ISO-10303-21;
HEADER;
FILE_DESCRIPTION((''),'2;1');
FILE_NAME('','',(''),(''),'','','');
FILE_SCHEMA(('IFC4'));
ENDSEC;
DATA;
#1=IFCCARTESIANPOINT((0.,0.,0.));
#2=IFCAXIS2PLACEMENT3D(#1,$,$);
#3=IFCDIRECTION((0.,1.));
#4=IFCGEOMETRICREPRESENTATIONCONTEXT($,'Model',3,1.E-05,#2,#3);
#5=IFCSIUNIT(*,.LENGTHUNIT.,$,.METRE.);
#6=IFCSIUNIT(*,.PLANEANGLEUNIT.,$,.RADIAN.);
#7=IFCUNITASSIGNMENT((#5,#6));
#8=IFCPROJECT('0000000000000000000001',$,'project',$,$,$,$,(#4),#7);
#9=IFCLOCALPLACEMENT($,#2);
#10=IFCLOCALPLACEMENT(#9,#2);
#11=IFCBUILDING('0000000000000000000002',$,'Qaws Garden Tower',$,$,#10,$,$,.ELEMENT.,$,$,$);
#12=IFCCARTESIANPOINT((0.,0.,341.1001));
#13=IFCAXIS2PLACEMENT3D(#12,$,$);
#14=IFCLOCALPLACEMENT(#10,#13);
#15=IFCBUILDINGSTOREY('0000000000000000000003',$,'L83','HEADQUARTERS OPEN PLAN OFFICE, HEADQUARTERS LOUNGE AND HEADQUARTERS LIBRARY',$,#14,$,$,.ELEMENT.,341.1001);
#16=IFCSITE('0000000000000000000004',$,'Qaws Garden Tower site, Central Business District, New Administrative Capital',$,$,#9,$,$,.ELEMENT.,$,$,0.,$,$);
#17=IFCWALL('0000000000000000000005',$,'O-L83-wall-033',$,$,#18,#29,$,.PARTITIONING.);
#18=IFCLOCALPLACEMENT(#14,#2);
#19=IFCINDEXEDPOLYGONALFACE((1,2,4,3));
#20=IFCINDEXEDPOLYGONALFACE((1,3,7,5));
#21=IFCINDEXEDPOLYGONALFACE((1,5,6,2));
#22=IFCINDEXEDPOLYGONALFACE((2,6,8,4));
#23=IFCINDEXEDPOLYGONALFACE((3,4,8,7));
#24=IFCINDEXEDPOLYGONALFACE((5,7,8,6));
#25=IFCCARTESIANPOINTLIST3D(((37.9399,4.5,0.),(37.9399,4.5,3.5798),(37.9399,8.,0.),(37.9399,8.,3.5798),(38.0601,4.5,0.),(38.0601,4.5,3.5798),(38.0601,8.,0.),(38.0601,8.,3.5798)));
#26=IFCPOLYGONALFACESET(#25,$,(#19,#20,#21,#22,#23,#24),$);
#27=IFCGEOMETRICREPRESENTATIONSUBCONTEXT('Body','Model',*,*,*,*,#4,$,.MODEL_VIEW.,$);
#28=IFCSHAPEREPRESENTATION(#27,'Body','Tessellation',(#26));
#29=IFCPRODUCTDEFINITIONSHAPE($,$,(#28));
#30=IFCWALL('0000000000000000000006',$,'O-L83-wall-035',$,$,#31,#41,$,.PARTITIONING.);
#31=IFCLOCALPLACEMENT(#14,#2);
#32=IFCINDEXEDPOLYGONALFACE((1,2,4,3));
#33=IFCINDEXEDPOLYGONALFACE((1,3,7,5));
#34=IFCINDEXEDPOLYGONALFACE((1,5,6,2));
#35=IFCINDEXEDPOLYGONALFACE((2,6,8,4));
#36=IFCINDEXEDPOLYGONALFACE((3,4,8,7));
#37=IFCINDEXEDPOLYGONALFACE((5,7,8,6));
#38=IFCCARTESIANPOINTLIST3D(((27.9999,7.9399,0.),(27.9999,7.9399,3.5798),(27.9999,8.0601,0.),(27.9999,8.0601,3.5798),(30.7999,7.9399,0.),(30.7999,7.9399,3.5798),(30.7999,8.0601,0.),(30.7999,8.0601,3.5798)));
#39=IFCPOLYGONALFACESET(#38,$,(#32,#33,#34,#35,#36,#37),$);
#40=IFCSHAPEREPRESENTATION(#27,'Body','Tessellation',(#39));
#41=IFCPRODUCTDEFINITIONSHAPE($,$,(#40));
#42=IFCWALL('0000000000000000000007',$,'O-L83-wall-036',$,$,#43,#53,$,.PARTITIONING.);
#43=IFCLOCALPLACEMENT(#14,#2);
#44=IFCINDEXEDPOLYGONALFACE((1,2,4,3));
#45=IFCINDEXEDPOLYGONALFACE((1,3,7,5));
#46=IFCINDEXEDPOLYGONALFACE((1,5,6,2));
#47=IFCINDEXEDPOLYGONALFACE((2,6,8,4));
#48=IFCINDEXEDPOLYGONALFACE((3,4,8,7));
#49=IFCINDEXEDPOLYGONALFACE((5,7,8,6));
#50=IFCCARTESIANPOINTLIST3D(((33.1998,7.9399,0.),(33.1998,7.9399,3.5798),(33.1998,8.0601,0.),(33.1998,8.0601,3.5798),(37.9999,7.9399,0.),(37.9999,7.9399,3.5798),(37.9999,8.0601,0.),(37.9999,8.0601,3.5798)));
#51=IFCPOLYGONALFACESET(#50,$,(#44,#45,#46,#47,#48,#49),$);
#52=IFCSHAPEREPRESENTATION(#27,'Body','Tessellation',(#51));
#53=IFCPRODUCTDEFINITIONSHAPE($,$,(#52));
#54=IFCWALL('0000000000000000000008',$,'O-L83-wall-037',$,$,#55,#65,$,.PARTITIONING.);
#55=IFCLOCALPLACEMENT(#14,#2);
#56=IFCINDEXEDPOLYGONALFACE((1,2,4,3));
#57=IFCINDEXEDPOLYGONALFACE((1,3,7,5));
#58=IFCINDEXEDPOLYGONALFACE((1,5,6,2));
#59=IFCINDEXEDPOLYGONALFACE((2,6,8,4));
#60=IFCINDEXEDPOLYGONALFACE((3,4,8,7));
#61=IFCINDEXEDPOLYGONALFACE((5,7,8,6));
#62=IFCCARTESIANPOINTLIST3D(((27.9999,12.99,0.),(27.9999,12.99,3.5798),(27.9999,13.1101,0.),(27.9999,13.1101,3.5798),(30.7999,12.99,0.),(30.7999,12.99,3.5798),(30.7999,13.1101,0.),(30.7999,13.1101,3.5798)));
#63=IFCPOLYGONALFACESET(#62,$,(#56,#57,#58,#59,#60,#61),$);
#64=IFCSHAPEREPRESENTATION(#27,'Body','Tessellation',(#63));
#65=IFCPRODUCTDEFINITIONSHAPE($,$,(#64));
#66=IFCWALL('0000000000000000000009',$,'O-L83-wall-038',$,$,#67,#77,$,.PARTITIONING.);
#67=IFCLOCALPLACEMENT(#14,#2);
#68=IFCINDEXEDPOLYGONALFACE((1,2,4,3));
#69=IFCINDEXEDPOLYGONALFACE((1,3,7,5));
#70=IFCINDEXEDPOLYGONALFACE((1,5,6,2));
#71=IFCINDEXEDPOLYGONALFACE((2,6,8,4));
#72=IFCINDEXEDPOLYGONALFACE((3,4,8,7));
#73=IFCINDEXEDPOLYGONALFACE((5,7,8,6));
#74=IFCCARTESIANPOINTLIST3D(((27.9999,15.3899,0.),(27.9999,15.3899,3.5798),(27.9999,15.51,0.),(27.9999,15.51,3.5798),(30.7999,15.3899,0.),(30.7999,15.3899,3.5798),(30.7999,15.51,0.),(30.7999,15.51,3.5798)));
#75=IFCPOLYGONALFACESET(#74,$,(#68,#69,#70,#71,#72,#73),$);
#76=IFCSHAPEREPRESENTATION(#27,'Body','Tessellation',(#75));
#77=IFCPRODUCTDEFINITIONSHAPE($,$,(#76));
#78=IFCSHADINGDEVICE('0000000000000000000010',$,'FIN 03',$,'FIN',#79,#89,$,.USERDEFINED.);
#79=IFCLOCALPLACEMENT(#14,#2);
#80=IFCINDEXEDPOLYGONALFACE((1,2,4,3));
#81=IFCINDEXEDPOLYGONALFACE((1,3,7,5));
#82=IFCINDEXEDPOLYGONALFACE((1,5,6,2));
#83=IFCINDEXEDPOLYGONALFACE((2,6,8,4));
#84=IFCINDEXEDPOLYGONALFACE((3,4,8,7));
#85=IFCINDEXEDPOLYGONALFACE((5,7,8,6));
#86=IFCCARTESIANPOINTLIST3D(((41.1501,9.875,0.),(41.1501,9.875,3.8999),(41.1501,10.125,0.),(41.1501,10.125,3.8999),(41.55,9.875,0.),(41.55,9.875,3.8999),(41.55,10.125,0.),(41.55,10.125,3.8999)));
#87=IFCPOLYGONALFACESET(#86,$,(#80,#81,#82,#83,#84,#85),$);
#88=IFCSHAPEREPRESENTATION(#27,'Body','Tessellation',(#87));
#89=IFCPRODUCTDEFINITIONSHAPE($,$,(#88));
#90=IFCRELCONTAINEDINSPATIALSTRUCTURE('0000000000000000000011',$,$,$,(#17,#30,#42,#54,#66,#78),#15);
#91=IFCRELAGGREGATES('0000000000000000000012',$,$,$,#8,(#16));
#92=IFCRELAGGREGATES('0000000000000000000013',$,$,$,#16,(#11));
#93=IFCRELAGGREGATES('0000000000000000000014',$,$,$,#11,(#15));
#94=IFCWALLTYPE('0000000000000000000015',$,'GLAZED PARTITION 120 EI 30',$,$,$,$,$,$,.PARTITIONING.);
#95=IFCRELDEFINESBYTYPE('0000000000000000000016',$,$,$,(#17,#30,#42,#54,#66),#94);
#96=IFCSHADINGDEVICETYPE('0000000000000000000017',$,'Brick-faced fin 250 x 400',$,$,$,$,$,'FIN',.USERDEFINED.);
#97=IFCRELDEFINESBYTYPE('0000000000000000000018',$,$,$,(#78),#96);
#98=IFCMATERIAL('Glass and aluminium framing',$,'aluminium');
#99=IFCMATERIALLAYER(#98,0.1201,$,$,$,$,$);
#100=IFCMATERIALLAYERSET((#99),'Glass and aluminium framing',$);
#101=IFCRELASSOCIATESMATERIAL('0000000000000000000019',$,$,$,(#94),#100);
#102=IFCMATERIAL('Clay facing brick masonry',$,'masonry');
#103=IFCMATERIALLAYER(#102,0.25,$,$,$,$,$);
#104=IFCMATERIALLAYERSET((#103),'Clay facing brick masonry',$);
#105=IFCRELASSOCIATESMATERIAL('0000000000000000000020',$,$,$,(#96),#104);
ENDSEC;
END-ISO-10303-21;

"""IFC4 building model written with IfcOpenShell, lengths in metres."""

from ifc_helpers import new_model, si_unit, direction, frame, frame_2d, origin, origin_2d, place, context, subcontext, project, spatial, rectangle, extrude, material, layer, layer_set, type_object, element, save


model = new_model("IFC4")

# Units and contexts
model_context = context("Model", 3, precision=1e-05, world=origin(), true_north=direction((0.0, 1.0)))
body_context = subcontext(model_context, "Body", "Model", "MODEL_VIEW")
ifc_project = project(units=[si_unit("LENGTHUNIT", "METRE"), si_unit("PLANEANGLEUNIT", "RADIAN")], contexts=[model_context])

# Site, building, storey
site_placement = place(None, origin())
site = spatial("IfcSite", under=ifc_project, at=site_placement, Name="Qaws Garden Tower site, Central Business District, New Administrative Capital", CompositionType="ELEMENT", RefElevation=0.0)
building_placement = place(site_placement, origin())
building = spatial("IfcBuilding", under=site, at=building_placement, Name="Qaws Garden Tower", CompositionType="ELEMENT")
storey_placement = place(building_placement, frame((0.0, 0.0, 341.1001)))
storey = spatial("IfcBuildingStorey", under=building, at=storey_placement, Name="L83", Description="HEADQUARTERS OPEN PLAN OFFICE, HEADQUARTERS LOUNGE AND HEADQUARTERS LIBRARY", CompositionType="ELEMENT", Elevation=341.1001)

# Shared definitions
ifc_material_1 = material(Name="Glass and aluminium framing", Category="aluminium")
ifc_layer_1 = layer(ifc_material_1, 0.1201)
ifc_layer_set_1 = layer_set([ifc_layer_1], Name="Glass and aluminium framing")
wall_type_1 = type_object("IfcWallType", Name="GLAZED PARTITION 120 EI 30", PredefinedType="PARTITIONING", material=ifc_layer_set_1)

# Walls
wall_1_placement = place(storey_placement, frame((38.0, 4.5, 0.0), z_axis=(0.0, 0.0, 1.0), x_axis=(0.0, 1.0, 0.0)))
element("IfcWall", 1, at=wall_1_placement, inside=storey, type_object=wall_type_1, Name="O-L83-wall-033", PredefinedType="PARTITIONING", context=body_context, shape_type="SweptSolid", body=[
    extrude(rectangle(XDim=3.5, YDim=0.1201, at=frame_2d((1.75, 0.0))), origin(), (0.0, 0.0, 1.0), 3.5798),
])
wall_2_placement = place(storey_placement, frame((28.0, 8.0, 0.0), z_axis=(0.0, 0.0, 1.0), x_axis=(1.0, 0.0, 0.0)))
element("IfcWall", 2, at=wall_2_placement, inside=storey, type_object=wall_type_1, Name="O-L83-wall-035", PredefinedType="PARTITIONING", context=body_context, shape_type="SweptSolid", body=[
    extrude(rectangle(XDim=2.8, YDim=0.1201, at=frame_2d((1.3999, 0.0))), origin(), (0.0, 0.0, 1.0), 3.5798),
])
wall_3_placement = place(storey_placement, frame((33.2, 8.0, 0.0), z_axis=(0.0, 0.0, 1.0), x_axis=(1.0, 0.0, 0.0)))
element("IfcWall", 3, at=wall_3_placement, inside=storey, type_object=wall_type_1, Name="O-L83-wall-036", PredefinedType="PARTITIONING", context=body_context, shape_type="SweptSolid", body=[
    extrude(rectangle(XDim=4.8, YDim=0.1201, at=frame_2d((2.3999, 0.0))), origin(), (0.0, 0.0, 1.0), 3.5798),
])
for number, where, z_axis, x_axis, name in (
    (4, (28.0, 13.05, 0.0), (0.0, 0.0, 1.0), (1.0, 0.0, 0.0), "O-L83-wall-037"),
    (5, (28.0, 15.45, 0.0), (0.0, 0.0, 1.0), (1.0, 0.0, 0.0), "O-L83-wall-038"),
):
    element("IfcWall", number, at=place(storey_placement, frame(where, z_axis=z_axis, x_axis=x_axis)), inside=storey, type_object=wall_type_1, Name=name, PredefinedType="PARTITIONING", context=body_context, shape_type="SweptSolid", body=[
        extrude(rectangle(XDim=2.8, YDim=0.1201, at=frame_2d((1.3999, 0.0))), origin(), (0.0, 0.0, 1.0), 3.5798),
    ])

# Shading device
ifc_material_2 = material(Name="Clay facing brick masonry", Category="masonry")
ifc_layer_2 = layer(ifc_material_2, 0.25)
ifc_layer_set_2 = layer_set([ifc_layer_2], Name="Clay facing brick masonry")
shading_device_type = type_object("IfcShadingDeviceType", Name="Brick-faced fin 250 x 400", ElementType="FIN", PredefinedType="USERDEFINED", material=ifc_layer_set_2)
shading_device_placement = place(storey_placement, frame((41.3501, 10.0, 0.0), z_axis=(0.0, 0.0, 1.0), x_axis=(0.0, 1.0, 0.0)))
element("IfcShadingDevice", 6, at=shading_device_placement, inside=storey, type_object=shading_device_type, Name="FIN 03", ObjectType="FIN", PredefinedType="USERDEFINED", context=body_context, shape_type="SweptSolid", body=[
    extrude(rectangle(XDim=0.25, YDim=0.3999, at=origin_2d()), origin(), (0.0, 0.0, 1.0), 3.8999),
])

save(model, "model.ifc")
